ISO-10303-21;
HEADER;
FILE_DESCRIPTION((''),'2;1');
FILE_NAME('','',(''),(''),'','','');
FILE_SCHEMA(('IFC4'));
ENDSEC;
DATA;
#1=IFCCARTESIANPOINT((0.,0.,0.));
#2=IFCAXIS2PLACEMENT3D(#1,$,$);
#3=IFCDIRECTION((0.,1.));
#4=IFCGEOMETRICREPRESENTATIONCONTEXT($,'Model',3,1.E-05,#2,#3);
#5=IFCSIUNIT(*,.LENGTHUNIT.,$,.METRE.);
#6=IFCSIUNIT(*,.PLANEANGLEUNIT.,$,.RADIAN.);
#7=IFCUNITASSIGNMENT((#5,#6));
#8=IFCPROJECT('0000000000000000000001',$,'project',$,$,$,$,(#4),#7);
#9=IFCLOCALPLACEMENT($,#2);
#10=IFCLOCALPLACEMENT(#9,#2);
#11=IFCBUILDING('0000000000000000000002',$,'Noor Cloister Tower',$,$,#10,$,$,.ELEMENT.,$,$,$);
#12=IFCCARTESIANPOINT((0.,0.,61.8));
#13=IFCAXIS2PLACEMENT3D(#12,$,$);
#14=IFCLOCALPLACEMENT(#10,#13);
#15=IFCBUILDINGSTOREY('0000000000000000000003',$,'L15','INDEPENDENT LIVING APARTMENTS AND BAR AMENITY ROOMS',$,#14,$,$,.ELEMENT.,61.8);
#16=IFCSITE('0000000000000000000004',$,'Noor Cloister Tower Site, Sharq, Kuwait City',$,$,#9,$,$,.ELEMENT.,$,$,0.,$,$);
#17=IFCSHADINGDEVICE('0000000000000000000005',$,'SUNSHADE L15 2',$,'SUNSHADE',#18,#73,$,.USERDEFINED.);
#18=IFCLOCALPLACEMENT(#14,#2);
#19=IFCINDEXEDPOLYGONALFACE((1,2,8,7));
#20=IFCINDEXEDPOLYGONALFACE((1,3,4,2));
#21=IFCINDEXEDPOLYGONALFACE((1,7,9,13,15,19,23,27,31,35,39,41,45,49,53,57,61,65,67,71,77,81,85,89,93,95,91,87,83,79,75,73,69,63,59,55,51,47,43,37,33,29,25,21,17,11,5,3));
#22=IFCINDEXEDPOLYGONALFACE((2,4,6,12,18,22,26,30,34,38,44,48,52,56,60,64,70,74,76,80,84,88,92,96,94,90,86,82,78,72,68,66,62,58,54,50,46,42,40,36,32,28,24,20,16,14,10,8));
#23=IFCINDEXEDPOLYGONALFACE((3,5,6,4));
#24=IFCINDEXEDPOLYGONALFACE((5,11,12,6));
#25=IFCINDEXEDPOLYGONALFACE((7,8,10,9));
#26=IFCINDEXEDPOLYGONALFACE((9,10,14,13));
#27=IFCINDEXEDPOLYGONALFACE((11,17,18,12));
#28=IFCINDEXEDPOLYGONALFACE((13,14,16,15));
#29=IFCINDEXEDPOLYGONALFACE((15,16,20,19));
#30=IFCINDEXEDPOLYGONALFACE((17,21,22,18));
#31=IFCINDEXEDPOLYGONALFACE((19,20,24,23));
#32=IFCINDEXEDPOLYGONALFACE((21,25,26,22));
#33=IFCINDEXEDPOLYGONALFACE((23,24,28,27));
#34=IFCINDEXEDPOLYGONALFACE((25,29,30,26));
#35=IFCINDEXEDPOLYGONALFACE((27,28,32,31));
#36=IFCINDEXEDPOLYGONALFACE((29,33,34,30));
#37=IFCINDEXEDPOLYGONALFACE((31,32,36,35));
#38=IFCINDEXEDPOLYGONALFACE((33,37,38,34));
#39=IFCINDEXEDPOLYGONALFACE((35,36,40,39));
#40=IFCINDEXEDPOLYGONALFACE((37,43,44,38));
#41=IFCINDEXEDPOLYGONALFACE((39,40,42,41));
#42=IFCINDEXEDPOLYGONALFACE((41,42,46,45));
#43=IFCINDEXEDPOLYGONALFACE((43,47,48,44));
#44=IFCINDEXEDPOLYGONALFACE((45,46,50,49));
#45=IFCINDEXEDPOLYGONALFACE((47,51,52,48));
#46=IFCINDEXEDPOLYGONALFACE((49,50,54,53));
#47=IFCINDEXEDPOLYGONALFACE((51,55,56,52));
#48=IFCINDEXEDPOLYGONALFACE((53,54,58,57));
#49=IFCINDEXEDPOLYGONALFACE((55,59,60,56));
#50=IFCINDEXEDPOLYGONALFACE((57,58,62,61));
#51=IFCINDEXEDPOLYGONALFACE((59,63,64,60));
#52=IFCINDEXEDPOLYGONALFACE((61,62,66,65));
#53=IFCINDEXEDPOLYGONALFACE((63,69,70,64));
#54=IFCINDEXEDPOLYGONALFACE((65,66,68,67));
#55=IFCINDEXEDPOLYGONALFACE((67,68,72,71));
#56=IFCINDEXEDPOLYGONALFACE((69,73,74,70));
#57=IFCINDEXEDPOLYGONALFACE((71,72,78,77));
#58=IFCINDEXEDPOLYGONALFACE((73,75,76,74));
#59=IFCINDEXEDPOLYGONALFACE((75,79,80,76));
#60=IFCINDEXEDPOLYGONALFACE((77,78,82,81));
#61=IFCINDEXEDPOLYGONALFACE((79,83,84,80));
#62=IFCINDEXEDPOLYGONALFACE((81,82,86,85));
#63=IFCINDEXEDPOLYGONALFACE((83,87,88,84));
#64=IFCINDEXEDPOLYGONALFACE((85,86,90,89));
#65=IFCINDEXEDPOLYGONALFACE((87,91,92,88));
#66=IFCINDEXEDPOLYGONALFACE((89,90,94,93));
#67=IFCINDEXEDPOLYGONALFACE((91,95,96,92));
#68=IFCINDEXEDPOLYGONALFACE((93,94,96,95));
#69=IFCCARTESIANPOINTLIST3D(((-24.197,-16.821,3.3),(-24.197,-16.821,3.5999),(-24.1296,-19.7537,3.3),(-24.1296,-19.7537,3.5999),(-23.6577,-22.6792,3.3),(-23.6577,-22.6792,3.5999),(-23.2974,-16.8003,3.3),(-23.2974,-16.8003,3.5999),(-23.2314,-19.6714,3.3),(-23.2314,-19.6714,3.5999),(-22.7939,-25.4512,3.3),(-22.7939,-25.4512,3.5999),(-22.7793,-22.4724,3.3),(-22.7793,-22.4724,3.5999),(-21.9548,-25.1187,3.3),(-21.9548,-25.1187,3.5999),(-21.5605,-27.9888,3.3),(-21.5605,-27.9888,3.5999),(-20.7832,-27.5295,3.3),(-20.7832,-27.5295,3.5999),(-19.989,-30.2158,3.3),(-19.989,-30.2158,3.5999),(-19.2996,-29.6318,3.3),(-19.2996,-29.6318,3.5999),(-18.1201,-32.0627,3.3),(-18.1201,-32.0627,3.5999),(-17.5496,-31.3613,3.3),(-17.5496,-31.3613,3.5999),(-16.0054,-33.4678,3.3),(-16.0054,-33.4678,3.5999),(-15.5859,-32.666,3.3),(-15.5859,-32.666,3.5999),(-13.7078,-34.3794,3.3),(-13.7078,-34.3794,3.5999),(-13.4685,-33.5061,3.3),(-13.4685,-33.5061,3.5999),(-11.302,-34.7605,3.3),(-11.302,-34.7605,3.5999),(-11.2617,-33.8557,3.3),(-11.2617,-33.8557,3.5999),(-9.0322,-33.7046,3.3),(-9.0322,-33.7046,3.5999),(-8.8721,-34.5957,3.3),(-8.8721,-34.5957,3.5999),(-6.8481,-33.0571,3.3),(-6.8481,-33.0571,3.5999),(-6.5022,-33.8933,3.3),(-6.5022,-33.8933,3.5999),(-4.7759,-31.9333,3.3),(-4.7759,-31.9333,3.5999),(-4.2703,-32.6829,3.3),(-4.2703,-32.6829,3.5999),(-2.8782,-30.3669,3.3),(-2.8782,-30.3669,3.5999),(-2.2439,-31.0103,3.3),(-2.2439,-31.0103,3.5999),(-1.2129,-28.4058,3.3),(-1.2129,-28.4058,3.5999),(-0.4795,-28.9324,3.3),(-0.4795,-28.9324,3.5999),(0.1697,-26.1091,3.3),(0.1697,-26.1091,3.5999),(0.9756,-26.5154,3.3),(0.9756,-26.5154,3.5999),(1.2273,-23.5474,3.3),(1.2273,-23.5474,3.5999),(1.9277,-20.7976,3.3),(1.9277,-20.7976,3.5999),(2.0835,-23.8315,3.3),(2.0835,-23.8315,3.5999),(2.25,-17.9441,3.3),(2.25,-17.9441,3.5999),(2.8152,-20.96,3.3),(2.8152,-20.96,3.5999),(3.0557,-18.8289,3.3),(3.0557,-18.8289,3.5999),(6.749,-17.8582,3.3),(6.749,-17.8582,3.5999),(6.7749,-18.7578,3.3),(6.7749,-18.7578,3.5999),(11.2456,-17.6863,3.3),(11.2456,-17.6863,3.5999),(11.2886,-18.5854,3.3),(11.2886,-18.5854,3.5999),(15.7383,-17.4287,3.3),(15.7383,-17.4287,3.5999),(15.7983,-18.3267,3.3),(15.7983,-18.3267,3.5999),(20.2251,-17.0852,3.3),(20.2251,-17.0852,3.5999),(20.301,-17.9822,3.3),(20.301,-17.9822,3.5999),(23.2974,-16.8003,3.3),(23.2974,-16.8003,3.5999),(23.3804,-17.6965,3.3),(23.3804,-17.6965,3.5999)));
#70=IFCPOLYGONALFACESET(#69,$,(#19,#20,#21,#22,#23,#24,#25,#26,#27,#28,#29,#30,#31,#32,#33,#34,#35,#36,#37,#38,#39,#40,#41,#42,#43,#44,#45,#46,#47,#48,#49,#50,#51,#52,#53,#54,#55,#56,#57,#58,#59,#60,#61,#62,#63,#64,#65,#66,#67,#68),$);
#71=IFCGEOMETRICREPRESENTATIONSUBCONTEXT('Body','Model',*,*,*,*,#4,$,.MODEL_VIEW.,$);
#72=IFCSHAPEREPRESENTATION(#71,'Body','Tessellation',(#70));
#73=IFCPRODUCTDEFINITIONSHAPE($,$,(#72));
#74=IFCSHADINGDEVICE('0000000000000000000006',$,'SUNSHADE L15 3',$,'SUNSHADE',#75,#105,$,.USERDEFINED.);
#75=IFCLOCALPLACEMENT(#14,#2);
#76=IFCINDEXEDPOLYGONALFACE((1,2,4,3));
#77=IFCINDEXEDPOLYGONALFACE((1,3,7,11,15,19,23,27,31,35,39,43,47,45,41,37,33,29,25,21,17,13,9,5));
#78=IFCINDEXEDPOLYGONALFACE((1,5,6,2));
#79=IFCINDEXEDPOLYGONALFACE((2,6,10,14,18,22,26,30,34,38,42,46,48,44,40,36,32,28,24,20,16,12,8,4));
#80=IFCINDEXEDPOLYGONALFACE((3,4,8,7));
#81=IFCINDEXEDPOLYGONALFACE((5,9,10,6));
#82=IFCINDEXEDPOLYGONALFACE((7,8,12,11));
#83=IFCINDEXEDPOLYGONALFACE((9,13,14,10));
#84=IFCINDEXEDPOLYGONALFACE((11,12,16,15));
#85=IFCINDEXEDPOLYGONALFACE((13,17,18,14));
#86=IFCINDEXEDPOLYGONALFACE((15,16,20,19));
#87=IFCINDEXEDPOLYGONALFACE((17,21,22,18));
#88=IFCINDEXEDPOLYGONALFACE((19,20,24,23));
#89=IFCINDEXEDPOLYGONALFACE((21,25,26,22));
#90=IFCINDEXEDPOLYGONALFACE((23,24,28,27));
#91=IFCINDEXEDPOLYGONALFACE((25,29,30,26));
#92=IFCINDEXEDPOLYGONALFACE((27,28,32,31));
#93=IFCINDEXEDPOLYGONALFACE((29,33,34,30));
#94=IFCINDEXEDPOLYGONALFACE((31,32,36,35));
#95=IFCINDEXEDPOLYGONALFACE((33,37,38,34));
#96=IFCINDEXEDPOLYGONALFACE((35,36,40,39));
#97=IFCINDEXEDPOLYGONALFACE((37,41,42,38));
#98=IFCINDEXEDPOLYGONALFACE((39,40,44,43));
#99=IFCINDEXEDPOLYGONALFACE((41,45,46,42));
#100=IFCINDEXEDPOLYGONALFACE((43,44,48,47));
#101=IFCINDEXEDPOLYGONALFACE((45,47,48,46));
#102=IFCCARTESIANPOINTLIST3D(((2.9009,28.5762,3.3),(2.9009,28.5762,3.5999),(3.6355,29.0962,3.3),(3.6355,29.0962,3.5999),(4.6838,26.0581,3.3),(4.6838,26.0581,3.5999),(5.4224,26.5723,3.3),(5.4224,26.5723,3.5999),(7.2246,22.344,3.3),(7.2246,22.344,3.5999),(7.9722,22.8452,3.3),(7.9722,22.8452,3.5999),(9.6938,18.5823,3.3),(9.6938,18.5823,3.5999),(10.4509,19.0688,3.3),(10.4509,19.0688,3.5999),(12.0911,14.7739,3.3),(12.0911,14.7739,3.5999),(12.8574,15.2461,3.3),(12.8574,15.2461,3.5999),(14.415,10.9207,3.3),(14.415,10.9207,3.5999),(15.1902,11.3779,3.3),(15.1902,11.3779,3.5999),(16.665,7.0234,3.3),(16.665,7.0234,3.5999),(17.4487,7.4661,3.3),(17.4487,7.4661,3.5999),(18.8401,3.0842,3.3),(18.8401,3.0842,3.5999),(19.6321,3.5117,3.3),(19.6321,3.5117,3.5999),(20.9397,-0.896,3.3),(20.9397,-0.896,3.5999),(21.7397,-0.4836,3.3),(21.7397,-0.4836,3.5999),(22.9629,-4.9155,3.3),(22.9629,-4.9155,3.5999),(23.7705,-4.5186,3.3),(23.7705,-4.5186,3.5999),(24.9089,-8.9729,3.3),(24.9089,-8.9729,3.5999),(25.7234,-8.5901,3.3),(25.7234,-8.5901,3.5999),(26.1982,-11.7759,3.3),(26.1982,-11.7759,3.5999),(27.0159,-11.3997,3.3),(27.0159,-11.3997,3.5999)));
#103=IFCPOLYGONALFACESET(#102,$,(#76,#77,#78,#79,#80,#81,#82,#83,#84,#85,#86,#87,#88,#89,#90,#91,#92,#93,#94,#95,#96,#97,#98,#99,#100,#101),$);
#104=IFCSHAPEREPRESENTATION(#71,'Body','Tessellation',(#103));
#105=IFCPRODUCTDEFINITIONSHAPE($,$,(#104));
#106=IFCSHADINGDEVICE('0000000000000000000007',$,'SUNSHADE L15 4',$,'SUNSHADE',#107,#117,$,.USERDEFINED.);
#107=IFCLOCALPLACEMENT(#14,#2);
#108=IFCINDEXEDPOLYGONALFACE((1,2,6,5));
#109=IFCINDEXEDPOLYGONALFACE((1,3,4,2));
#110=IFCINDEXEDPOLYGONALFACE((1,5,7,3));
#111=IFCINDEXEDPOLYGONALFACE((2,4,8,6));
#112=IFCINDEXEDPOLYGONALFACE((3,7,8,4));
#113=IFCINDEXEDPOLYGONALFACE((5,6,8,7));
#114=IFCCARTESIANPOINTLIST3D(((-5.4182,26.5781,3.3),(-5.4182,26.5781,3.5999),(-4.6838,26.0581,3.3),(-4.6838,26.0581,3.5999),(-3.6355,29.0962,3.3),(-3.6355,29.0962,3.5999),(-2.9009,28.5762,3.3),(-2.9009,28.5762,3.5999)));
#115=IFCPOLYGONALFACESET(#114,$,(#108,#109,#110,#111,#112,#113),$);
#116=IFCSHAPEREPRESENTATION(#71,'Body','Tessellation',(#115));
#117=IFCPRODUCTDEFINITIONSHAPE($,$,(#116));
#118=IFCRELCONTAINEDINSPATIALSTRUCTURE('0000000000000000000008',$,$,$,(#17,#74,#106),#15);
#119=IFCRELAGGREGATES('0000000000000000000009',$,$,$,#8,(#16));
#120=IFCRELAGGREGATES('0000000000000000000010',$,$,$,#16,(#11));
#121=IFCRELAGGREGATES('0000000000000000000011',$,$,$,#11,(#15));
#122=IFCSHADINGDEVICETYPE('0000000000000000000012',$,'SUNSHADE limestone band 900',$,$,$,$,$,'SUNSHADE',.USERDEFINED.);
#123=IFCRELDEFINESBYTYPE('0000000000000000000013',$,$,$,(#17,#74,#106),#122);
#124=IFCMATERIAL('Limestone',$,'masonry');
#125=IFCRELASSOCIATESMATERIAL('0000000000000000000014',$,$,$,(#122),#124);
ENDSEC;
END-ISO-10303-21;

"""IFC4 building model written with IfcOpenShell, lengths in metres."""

from ifc_helpers import new_model, si_unit, direction, frame, origin, place, context, subcontext, project, spatial, polyline, outline, extrude, material, type_object, element, save


model = new_model("IFC4")

# Units and contexts
model_context = context("Model", 3, precision=1e-05, world=origin(), true_north=direction((0.0, 1.0)))
body_context = subcontext(model_context, "Body", "Model", "MODEL_VIEW")
ifc_project = project(units=[si_unit("LENGTHUNIT", "METRE"), si_unit("PLANEANGLEUNIT", "RADIAN")], contexts=[model_context])

# Site, building, storey
site_placement = place(None, origin())
site = spatial("IfcSite", under=ifc_project, at=site_placement, Name="Noor Cloister Tower Site, Sharq, Kuwait City", CompositionType="ELEMENT", RefElevation=0.0)
building_placement = place(site_placement, origin())
building = spatial("IfcBuilding", under=site, at=building_placement, Name="Noor Cloister Tower", CompositionType="ELEMENT")
storey_placement = place(building_placement, frame((0.0, 0.0, 61.8)))
storey = spatial("IfcBuildingStorey", under=building, at=storey_placement, Name="L15", Description="INDEPENDENT LIVING APARTMENTS AND BAR AMENITY ROOMS", CompositionType="ELEMENT", Elevation=61.8)

# Shading devices
ifc_material_1 = material(Name="Limestone", Category="masonry")
shading_device_type = type_object("IfcShadingDeviceType", Name="SUNSHADE limestone band 900", ElementType="SUNSHADE", PredefinedType="USERDEFINED", material=ifc_material_1)
shading_device_1_placement = place(storey_placement, frame((0.0, 0.0, 3.3)))
element("IfcShadingDevice", 1, at=shading_device_1_placement, inside=storey, type_object=shading_device_type, Name="SUNSHADE L15 2", ObjectType="SUNSHADE", PredefinedType="USERDEFINED", context=body_context, shape_type="SweptSolid", body=[
    extrude(outline(polyline([(-24.197, -16.821), (-24.1296, -19.7537), (-23.6577, -22.6792), (-22.7939, -25.4512), (-21.5605, -27.9888), (-19.989, -30.2158), (-18.1201, -32.0627), (-16.0054, -33.4678), (-13.7078, -34.3794), (-11.302, -34.7605), (-8.8721, -34.5957), (-6.5022, -33.8933), (-4.2703, -32.6829), (-2.2439, -31.0103), (-0.4795, -28.9324), (0.9756, -26.5154), (2.0835, -23.8315), (2.8152, -20.96), (3.0557, -18.8289), (6.7749, -18.7578), (11.2886, -18.5854), (15.7983, -18.3267), (20.301, -17.9822), (23.3804, -17.6965), (23.2974, -16.8003), (20.2251, -17.0852), (15.7383, -17.4287), (11.2456, -17.6863), (6.749, -17.8582), (2.25, -17.9441), (1.9277, -20.7976), (1.2273, -23.5474), (0.1697, -26.1091), (-1.2129, -28.4058), (-2.8782, -30.3669), (-4.7759, -31.9333), (-6.8481, -33.0571), (-9.0322, -33.7046), (-11.2617, -33.8557), (-13.4685, -33.5061), (-15.5859, -32.666), (-17.5496, -31.3613), (-19.2996, -29.6318), (-20.7832, -27.5295), (-21.9548, -25.1187), (-22.7793, -22.4724), (-23.2314, -19.6714), (-23.2974, -16.8003), (-24.197, -16.821)])), origin(), (0.0, 0.0, 1.0), 0.2998),
])
shading_device_2_placement = place(storey_placement, frame((0.0, 0.0, 3.3)))
element("IfcShadingDevice", 2, at=shading_device_2_placement, inside=storey, type_object=shading_device_type, Name="SUNSHADE L15 3", ObjectType="SUNSHADE", PredefinedType="USERDEFINED", context=body_context, shape_type="SweptSolid", body=[
    extrude(outline(polyline([(27.0159, -11.3997), (25.7234, -8.5901), (23.7705, -4.5186), (21.7397, -0.4836), (19.6321, 3.5117), (17.4487, 7.4661), (15.1902, 11.3779), (12.8574, 15.2461), (10.4509, 19.0688), (7.9722, 22.8452), (5.4224, 26.5723), (3.6355, 29.0962), (2.9009, 28.5762), (4.6838, 26.0581), (7.2246, 22.344), (9.6938, 18.5823), (12.0911, 14.7739), (14.415, 10.9207), (16.665, 7.0234), (18.8401, 3.0842), (20.9397, -0.896), (22.9629, -4.9155), (24.9089, -8.9729), (26.1982, -11.7759), (27.0159, -11.3997)])), origin(), (0.0, 0.0, 1.0), 0.2998),
])
shading_device_3_placement = place(storey_placement, frame((0.0, 0.0, 3.3)))
element("IfcShadingDevice", 3, at=shading_device_3_placement, inside=storey, type_object=shading_device_type, Name="SUNSHADE L15 4", ObjectType="SUNSHADE", PredefinedType="USERDEFINED", context=body_context, shape_type="SweptSolid", body=[
    extrude(outline(polyline([(-3.6355, 29.0962), (-5.4182, 26.5781), (-4.6838, 26.0581), (-2.9009, 28.5762), (-3.6355, 29.0962)])), origin(), (0.0, 0.0, 1.0), 0.2998),
])

save(model, "model.ifc")
